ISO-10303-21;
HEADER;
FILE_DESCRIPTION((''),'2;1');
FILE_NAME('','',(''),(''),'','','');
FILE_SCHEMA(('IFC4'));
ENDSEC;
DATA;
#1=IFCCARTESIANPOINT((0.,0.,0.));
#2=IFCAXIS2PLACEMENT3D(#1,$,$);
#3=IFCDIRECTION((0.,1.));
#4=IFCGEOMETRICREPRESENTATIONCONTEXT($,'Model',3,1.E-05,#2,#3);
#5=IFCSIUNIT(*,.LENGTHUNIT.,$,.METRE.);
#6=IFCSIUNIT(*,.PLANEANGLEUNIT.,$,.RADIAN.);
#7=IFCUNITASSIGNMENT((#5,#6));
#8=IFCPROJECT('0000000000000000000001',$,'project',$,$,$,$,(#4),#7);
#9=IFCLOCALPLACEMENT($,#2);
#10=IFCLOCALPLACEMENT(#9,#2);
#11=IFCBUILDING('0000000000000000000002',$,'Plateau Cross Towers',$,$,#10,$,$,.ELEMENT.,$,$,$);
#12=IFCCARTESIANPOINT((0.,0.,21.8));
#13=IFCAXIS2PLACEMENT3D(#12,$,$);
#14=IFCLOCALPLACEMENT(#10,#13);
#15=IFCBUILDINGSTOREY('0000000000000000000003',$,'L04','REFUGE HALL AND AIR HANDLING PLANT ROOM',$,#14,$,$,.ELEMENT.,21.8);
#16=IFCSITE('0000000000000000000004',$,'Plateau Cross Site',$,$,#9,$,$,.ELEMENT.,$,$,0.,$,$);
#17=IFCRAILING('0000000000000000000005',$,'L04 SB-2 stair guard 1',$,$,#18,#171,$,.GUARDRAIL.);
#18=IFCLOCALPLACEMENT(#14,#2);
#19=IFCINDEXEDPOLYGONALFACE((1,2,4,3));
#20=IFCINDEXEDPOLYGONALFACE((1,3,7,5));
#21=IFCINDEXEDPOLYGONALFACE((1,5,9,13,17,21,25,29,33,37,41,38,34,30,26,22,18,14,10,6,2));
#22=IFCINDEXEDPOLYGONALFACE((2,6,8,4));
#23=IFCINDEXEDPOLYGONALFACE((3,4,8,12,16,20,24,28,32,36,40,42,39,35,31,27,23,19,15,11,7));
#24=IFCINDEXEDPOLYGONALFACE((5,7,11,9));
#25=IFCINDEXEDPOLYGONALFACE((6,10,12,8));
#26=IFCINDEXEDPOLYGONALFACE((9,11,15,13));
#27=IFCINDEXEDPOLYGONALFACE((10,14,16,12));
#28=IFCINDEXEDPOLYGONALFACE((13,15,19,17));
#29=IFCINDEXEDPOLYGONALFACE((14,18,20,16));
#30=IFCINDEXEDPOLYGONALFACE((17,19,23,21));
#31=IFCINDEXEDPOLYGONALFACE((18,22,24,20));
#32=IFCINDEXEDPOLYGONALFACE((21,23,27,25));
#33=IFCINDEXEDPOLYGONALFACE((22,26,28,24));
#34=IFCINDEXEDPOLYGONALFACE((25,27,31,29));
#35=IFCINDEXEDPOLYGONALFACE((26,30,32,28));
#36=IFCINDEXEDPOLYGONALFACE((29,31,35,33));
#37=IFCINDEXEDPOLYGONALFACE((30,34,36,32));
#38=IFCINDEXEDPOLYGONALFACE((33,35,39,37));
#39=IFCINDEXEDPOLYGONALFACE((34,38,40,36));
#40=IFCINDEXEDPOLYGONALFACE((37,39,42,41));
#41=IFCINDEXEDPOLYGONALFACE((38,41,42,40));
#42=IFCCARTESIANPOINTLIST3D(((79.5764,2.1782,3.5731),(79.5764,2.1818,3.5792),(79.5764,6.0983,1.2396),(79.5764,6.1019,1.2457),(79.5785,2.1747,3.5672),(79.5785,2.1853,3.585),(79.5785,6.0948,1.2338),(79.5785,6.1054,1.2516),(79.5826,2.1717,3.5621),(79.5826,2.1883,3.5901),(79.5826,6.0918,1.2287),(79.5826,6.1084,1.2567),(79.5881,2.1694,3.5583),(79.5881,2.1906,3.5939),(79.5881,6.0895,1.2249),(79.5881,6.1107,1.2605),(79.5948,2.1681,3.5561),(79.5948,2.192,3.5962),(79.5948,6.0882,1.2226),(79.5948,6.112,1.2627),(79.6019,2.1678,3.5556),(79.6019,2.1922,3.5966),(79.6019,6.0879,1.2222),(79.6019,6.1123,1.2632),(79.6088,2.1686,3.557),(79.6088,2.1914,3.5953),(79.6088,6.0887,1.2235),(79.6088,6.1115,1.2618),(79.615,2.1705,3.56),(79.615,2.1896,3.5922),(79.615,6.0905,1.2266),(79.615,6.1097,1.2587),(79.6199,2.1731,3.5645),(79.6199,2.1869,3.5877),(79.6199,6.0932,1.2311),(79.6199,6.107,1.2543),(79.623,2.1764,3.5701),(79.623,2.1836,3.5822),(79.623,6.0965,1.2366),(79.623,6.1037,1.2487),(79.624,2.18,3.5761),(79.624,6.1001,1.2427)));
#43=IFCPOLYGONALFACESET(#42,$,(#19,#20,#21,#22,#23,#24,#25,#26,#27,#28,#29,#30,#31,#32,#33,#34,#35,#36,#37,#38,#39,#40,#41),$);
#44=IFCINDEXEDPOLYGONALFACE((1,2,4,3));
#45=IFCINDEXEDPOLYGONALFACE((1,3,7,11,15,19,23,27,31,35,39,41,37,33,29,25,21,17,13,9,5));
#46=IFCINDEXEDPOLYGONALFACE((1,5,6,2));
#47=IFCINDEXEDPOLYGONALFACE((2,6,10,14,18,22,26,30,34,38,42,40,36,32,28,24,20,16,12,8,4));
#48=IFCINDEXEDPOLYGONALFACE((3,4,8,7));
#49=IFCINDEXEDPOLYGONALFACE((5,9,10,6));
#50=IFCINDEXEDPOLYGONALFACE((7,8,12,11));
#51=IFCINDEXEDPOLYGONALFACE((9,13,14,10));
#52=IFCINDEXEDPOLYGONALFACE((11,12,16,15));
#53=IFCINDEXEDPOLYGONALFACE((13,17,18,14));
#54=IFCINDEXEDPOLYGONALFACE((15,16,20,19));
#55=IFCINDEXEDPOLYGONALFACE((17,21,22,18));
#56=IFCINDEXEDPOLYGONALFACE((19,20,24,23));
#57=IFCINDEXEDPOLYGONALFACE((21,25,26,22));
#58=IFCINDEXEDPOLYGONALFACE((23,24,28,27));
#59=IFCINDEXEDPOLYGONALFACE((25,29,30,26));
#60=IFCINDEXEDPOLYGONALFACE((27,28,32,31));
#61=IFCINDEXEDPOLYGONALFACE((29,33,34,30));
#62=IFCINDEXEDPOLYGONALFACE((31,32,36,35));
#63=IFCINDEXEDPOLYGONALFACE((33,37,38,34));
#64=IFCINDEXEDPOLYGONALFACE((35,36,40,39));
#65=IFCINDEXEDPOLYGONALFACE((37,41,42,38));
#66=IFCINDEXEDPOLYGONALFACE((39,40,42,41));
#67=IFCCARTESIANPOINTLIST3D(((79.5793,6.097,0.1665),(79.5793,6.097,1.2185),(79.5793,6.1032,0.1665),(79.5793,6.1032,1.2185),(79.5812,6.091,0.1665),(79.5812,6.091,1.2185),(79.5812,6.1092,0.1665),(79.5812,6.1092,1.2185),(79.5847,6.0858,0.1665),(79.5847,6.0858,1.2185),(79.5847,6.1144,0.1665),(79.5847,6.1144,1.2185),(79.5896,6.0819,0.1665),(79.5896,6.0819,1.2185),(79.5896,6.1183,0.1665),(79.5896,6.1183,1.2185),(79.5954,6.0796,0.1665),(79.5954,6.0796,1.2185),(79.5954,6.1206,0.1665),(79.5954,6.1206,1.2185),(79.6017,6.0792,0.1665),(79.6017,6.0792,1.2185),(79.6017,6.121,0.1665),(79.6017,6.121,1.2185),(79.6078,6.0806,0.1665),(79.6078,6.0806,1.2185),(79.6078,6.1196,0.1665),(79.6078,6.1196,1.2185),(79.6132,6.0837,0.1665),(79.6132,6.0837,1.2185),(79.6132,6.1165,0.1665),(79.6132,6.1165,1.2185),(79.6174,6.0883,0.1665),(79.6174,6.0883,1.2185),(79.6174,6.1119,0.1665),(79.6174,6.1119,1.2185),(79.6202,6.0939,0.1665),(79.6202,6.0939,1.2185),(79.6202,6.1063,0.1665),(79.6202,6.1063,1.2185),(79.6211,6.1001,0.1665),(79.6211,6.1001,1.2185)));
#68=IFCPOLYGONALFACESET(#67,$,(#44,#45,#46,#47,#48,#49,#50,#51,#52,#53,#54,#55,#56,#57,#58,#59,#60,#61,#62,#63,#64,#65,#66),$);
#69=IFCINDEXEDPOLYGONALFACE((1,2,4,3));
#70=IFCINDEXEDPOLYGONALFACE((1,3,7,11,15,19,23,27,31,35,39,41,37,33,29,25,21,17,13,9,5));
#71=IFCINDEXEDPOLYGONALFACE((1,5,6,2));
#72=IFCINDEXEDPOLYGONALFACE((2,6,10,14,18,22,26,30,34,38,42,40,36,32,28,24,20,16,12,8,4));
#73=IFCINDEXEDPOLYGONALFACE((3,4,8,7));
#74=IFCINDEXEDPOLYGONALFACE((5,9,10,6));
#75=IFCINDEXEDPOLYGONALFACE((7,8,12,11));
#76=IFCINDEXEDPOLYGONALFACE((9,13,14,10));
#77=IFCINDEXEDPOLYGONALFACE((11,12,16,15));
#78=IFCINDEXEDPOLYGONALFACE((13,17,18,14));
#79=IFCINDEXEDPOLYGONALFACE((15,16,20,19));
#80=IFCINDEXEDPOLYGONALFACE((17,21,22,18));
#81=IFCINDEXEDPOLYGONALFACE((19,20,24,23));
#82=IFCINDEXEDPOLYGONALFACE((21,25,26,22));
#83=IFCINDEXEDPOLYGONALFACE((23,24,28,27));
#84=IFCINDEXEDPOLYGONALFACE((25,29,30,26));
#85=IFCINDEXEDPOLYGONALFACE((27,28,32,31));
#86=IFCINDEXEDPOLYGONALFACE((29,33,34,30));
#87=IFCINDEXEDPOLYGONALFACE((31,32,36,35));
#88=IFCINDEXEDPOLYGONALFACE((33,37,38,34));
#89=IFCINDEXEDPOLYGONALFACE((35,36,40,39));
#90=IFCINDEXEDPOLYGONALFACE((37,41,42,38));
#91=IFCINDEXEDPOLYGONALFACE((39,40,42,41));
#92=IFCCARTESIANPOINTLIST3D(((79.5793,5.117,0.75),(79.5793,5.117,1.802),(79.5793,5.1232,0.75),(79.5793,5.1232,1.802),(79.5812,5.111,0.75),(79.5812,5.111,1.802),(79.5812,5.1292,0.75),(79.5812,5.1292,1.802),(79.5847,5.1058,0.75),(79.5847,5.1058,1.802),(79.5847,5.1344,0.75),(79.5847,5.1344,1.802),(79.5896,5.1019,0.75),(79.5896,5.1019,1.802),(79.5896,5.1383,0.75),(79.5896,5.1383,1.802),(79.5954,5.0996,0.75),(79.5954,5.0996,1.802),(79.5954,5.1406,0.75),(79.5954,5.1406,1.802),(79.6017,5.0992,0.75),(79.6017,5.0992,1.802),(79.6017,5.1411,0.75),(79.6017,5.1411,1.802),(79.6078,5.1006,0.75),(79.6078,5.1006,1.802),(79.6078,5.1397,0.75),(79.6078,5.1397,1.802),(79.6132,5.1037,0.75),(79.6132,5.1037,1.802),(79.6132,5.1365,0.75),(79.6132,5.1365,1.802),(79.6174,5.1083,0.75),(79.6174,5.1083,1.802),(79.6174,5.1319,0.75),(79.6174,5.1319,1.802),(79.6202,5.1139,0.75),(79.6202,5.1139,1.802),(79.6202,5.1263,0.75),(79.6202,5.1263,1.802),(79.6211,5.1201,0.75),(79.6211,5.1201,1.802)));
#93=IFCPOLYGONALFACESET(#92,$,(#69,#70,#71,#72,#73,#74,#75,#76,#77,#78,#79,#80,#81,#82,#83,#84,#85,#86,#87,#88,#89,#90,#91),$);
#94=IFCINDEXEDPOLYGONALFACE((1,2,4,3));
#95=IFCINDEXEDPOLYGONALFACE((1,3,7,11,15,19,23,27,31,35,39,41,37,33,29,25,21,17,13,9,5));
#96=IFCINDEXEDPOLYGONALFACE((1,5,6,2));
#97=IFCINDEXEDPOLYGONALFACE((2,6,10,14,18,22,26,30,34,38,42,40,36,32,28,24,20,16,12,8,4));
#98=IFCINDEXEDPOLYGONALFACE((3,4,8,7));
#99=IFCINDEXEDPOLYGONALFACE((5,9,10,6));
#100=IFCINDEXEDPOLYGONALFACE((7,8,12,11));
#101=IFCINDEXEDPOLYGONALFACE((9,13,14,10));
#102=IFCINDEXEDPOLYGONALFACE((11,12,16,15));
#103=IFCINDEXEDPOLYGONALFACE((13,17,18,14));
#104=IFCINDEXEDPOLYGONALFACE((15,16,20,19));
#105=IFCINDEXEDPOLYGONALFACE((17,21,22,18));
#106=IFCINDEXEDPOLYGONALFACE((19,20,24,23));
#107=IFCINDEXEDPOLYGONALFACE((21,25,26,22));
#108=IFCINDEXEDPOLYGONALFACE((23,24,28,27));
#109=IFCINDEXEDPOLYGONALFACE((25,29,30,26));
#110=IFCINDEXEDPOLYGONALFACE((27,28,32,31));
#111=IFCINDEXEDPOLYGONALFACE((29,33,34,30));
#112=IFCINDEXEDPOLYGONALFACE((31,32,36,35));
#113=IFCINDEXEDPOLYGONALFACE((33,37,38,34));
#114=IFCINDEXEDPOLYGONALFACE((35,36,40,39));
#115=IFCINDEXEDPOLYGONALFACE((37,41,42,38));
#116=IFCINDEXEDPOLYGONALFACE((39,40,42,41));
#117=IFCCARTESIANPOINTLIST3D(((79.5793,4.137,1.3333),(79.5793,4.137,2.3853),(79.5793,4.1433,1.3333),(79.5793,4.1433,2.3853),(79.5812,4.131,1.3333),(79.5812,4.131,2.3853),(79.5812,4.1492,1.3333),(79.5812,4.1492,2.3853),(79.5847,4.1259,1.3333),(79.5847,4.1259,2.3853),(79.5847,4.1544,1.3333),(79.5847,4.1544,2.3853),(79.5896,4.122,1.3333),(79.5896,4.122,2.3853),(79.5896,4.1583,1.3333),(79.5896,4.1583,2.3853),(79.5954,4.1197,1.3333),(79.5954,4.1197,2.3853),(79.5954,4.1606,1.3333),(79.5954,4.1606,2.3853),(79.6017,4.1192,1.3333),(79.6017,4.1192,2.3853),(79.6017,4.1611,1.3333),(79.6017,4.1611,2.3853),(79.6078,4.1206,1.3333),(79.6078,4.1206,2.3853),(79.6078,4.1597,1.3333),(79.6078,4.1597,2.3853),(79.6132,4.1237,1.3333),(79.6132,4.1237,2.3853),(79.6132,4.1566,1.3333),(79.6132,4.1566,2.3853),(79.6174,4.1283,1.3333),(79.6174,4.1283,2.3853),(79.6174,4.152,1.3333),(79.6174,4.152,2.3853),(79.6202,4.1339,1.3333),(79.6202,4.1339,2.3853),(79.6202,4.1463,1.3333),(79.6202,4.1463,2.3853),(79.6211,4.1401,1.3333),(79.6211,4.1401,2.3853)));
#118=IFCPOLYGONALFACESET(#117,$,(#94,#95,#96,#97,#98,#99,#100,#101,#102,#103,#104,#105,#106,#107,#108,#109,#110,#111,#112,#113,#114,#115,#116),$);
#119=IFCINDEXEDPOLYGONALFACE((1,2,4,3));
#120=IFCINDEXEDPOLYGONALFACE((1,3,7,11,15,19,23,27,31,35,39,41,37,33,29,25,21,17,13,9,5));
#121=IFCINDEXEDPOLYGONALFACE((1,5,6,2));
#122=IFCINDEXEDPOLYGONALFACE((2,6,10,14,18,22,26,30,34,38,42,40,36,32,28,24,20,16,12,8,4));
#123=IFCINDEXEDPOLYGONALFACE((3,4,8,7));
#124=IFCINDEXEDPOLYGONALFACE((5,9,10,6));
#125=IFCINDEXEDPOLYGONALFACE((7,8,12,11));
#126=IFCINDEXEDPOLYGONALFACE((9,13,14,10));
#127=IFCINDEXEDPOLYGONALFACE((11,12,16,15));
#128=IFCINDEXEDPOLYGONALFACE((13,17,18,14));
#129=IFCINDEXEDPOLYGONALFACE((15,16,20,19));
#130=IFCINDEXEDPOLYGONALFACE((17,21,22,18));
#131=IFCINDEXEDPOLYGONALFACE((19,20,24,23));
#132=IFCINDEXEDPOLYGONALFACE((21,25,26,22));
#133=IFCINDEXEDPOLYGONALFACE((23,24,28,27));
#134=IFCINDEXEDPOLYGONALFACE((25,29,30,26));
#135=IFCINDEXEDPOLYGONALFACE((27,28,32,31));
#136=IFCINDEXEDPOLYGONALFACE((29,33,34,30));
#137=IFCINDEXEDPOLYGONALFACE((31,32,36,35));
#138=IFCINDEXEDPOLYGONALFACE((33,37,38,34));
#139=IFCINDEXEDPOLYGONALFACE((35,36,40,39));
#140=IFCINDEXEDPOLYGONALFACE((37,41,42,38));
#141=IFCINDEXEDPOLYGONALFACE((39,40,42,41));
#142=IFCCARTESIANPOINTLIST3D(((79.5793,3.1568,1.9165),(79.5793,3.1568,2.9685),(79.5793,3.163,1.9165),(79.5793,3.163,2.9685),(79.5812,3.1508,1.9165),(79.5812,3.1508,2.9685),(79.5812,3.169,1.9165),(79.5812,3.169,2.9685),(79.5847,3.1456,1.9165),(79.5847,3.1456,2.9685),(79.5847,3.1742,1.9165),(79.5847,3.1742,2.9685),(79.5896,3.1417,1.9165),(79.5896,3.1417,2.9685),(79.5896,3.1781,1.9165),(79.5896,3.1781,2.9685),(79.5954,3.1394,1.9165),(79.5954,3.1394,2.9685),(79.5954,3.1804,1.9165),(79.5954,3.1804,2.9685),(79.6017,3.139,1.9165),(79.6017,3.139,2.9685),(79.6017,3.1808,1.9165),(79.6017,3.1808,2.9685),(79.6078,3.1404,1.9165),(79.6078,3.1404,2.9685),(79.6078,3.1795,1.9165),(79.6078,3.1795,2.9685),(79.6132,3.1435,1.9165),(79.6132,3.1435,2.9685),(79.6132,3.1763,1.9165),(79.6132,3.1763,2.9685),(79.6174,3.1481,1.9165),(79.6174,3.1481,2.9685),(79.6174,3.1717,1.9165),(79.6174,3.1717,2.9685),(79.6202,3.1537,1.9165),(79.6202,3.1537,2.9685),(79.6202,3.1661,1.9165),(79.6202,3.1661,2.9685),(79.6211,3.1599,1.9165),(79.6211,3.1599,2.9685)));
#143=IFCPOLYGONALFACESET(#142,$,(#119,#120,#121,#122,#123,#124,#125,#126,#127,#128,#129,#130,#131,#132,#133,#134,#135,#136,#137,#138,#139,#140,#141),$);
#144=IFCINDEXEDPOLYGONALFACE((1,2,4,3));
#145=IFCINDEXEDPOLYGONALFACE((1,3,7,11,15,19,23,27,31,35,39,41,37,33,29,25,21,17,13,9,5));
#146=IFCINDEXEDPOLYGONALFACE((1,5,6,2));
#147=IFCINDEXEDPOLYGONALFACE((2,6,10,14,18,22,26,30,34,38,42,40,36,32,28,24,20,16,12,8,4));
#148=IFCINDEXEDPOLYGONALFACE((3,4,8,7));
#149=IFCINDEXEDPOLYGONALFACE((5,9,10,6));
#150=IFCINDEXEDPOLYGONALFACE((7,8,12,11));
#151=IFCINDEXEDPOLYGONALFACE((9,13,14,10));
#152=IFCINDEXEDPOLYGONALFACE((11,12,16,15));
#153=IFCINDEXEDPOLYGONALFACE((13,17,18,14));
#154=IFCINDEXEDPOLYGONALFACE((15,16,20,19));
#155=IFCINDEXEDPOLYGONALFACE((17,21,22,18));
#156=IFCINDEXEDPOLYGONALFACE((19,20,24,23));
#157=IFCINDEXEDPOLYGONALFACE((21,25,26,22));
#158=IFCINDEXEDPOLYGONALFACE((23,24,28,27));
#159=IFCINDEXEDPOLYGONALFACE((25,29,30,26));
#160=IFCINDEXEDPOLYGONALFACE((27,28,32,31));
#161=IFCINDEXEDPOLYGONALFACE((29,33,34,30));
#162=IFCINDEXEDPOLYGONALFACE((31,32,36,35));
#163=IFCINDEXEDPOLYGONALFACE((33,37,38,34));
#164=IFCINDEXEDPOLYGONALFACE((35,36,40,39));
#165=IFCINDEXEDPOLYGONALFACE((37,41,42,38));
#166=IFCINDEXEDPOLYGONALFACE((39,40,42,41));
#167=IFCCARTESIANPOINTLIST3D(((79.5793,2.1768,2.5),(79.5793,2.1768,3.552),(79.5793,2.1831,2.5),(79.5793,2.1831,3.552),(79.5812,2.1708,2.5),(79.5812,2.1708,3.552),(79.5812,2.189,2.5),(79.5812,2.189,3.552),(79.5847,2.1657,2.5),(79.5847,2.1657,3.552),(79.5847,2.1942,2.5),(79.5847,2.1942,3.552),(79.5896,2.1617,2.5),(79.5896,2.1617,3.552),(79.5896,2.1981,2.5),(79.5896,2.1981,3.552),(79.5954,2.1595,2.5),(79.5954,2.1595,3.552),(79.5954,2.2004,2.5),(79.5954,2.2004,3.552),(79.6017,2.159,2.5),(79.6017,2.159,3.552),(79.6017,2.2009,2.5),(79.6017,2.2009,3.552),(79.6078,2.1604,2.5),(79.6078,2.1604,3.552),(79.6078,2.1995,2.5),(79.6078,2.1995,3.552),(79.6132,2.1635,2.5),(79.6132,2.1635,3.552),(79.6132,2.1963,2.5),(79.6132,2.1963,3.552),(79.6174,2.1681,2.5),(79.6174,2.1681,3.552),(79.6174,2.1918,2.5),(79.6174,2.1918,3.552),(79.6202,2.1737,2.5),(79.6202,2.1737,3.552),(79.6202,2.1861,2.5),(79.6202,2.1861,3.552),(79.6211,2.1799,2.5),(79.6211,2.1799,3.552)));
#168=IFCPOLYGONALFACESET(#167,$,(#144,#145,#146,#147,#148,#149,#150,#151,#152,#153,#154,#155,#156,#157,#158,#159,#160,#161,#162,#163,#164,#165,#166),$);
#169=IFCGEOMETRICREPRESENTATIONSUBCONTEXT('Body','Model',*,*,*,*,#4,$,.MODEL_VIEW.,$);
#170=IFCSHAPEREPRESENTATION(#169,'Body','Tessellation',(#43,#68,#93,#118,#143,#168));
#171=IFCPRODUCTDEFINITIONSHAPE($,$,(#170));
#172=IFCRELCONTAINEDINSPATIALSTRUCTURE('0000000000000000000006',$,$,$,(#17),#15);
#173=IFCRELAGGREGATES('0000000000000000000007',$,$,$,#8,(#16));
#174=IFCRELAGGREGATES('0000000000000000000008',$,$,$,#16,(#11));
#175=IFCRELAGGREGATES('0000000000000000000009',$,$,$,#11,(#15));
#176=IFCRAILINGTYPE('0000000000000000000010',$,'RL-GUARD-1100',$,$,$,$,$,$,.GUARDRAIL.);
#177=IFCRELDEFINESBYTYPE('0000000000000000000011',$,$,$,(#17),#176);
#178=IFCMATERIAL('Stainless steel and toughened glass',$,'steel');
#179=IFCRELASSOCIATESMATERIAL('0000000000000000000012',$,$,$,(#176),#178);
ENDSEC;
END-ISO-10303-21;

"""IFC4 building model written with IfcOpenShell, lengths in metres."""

from ifc_helpers import new_model, si_unit, direction, frame, origin, origin_2d, place, context, subcontext, project, spatial, circle, extrude, material, type_object, element, save


model = new_model("IFC4")

# Units and contexts
model_context = context("Model", 3, precision=1e-05, world=origin(), true_north=direction((0.0, 1.0)))
body_context = subcontext(model_context, "Body", "Model", "MODEL_VIEW")
ifc_project = project(units=[si_unit("LENGTHUNIT", "METRE"), si_unit("PLANEANGLEUNIT", "RADIAN")], contexts=[model_context])

# Site, building, storey
site_placement = place(None, origin())
site = spatial("IfcSite", under=ifc_project, at=site_placement, Name="Plateau Cross Site", CompositionType="ELEMENT", RefElevation=0.0)
building_placement = place(site_placement, origin())
building = spatial("IfcBuilding", under=site, at=building_placement, Name="Plateau Cross Towers", CompositionType="ELEMENT")
storey_placement = place(building_placement, frame((0.0, 0.0, 21.8)))
storey = spatial("IfcBuildingStorey", under=building, at=storey_placement, Name="L04", Description="REFUGE HALL AND AIR HANDLING PLANT ROOM", CompositionType="ELEMENT", Elevation=21.8)

# Railing
ifc_material_1 = material(Name="Stainless steel and toughened glass", Category="steel")
railing_type_1 = type_object("IfcRailingType", Name="RL-GUARD-1100", PredefinedType="GUARDRAIL", material=ifc_material_1)
railing_1_placement = place(storey_placement, frame((79.6001, 6.1001, 0.1665)))
element("IfcRailing", 1, at=railing_1_placement, inside=storey, type_object=railing_type_1, Name="L04 SB-2 stair guard 1", PredefinedType="GUARDRAIL", context=body_context, shape_type="SweptSolid", body=[
    extrude(circle(Radius=0.0239, at=origin_2d()), frame((0.0, 0.0, 1.0762), z_axis=(0.0, -0.859287, 0.511494), x_axis=(1.0, 0.0, 0.0)), (0.0, 0.0, 1.0), 4.562),
    extrude(circle(Radius=0.021, at=origin_2d()), origin(), (0.0, 0.0, 1.0), 1.052),
    extrude(circle(Radius=0.021, at=origin_2d()), frame((0.0, -0.98, 0.5835)), (0.0, 0.0, 1.0), 1.052),
    extrude(circle(Radius=0.021, at=origin_2d()), frame((0.0, -1.96, 1.1667)), (0.0, 0.0, 1.0), 1.052),
    extrude(circle(Radius=0.021, at=origin_2d()), frame((0.0, -2.9402, 1.75)), (0.0, 0.0, 1.0), 1.052),
    extrude(circle(Radius=0.021, at=origin_2d()), frame((0.0, -3.9202, 2.3335)), (0.0, 0.0, 1.0), 1.052),
])

save(model, "model.ifc")
